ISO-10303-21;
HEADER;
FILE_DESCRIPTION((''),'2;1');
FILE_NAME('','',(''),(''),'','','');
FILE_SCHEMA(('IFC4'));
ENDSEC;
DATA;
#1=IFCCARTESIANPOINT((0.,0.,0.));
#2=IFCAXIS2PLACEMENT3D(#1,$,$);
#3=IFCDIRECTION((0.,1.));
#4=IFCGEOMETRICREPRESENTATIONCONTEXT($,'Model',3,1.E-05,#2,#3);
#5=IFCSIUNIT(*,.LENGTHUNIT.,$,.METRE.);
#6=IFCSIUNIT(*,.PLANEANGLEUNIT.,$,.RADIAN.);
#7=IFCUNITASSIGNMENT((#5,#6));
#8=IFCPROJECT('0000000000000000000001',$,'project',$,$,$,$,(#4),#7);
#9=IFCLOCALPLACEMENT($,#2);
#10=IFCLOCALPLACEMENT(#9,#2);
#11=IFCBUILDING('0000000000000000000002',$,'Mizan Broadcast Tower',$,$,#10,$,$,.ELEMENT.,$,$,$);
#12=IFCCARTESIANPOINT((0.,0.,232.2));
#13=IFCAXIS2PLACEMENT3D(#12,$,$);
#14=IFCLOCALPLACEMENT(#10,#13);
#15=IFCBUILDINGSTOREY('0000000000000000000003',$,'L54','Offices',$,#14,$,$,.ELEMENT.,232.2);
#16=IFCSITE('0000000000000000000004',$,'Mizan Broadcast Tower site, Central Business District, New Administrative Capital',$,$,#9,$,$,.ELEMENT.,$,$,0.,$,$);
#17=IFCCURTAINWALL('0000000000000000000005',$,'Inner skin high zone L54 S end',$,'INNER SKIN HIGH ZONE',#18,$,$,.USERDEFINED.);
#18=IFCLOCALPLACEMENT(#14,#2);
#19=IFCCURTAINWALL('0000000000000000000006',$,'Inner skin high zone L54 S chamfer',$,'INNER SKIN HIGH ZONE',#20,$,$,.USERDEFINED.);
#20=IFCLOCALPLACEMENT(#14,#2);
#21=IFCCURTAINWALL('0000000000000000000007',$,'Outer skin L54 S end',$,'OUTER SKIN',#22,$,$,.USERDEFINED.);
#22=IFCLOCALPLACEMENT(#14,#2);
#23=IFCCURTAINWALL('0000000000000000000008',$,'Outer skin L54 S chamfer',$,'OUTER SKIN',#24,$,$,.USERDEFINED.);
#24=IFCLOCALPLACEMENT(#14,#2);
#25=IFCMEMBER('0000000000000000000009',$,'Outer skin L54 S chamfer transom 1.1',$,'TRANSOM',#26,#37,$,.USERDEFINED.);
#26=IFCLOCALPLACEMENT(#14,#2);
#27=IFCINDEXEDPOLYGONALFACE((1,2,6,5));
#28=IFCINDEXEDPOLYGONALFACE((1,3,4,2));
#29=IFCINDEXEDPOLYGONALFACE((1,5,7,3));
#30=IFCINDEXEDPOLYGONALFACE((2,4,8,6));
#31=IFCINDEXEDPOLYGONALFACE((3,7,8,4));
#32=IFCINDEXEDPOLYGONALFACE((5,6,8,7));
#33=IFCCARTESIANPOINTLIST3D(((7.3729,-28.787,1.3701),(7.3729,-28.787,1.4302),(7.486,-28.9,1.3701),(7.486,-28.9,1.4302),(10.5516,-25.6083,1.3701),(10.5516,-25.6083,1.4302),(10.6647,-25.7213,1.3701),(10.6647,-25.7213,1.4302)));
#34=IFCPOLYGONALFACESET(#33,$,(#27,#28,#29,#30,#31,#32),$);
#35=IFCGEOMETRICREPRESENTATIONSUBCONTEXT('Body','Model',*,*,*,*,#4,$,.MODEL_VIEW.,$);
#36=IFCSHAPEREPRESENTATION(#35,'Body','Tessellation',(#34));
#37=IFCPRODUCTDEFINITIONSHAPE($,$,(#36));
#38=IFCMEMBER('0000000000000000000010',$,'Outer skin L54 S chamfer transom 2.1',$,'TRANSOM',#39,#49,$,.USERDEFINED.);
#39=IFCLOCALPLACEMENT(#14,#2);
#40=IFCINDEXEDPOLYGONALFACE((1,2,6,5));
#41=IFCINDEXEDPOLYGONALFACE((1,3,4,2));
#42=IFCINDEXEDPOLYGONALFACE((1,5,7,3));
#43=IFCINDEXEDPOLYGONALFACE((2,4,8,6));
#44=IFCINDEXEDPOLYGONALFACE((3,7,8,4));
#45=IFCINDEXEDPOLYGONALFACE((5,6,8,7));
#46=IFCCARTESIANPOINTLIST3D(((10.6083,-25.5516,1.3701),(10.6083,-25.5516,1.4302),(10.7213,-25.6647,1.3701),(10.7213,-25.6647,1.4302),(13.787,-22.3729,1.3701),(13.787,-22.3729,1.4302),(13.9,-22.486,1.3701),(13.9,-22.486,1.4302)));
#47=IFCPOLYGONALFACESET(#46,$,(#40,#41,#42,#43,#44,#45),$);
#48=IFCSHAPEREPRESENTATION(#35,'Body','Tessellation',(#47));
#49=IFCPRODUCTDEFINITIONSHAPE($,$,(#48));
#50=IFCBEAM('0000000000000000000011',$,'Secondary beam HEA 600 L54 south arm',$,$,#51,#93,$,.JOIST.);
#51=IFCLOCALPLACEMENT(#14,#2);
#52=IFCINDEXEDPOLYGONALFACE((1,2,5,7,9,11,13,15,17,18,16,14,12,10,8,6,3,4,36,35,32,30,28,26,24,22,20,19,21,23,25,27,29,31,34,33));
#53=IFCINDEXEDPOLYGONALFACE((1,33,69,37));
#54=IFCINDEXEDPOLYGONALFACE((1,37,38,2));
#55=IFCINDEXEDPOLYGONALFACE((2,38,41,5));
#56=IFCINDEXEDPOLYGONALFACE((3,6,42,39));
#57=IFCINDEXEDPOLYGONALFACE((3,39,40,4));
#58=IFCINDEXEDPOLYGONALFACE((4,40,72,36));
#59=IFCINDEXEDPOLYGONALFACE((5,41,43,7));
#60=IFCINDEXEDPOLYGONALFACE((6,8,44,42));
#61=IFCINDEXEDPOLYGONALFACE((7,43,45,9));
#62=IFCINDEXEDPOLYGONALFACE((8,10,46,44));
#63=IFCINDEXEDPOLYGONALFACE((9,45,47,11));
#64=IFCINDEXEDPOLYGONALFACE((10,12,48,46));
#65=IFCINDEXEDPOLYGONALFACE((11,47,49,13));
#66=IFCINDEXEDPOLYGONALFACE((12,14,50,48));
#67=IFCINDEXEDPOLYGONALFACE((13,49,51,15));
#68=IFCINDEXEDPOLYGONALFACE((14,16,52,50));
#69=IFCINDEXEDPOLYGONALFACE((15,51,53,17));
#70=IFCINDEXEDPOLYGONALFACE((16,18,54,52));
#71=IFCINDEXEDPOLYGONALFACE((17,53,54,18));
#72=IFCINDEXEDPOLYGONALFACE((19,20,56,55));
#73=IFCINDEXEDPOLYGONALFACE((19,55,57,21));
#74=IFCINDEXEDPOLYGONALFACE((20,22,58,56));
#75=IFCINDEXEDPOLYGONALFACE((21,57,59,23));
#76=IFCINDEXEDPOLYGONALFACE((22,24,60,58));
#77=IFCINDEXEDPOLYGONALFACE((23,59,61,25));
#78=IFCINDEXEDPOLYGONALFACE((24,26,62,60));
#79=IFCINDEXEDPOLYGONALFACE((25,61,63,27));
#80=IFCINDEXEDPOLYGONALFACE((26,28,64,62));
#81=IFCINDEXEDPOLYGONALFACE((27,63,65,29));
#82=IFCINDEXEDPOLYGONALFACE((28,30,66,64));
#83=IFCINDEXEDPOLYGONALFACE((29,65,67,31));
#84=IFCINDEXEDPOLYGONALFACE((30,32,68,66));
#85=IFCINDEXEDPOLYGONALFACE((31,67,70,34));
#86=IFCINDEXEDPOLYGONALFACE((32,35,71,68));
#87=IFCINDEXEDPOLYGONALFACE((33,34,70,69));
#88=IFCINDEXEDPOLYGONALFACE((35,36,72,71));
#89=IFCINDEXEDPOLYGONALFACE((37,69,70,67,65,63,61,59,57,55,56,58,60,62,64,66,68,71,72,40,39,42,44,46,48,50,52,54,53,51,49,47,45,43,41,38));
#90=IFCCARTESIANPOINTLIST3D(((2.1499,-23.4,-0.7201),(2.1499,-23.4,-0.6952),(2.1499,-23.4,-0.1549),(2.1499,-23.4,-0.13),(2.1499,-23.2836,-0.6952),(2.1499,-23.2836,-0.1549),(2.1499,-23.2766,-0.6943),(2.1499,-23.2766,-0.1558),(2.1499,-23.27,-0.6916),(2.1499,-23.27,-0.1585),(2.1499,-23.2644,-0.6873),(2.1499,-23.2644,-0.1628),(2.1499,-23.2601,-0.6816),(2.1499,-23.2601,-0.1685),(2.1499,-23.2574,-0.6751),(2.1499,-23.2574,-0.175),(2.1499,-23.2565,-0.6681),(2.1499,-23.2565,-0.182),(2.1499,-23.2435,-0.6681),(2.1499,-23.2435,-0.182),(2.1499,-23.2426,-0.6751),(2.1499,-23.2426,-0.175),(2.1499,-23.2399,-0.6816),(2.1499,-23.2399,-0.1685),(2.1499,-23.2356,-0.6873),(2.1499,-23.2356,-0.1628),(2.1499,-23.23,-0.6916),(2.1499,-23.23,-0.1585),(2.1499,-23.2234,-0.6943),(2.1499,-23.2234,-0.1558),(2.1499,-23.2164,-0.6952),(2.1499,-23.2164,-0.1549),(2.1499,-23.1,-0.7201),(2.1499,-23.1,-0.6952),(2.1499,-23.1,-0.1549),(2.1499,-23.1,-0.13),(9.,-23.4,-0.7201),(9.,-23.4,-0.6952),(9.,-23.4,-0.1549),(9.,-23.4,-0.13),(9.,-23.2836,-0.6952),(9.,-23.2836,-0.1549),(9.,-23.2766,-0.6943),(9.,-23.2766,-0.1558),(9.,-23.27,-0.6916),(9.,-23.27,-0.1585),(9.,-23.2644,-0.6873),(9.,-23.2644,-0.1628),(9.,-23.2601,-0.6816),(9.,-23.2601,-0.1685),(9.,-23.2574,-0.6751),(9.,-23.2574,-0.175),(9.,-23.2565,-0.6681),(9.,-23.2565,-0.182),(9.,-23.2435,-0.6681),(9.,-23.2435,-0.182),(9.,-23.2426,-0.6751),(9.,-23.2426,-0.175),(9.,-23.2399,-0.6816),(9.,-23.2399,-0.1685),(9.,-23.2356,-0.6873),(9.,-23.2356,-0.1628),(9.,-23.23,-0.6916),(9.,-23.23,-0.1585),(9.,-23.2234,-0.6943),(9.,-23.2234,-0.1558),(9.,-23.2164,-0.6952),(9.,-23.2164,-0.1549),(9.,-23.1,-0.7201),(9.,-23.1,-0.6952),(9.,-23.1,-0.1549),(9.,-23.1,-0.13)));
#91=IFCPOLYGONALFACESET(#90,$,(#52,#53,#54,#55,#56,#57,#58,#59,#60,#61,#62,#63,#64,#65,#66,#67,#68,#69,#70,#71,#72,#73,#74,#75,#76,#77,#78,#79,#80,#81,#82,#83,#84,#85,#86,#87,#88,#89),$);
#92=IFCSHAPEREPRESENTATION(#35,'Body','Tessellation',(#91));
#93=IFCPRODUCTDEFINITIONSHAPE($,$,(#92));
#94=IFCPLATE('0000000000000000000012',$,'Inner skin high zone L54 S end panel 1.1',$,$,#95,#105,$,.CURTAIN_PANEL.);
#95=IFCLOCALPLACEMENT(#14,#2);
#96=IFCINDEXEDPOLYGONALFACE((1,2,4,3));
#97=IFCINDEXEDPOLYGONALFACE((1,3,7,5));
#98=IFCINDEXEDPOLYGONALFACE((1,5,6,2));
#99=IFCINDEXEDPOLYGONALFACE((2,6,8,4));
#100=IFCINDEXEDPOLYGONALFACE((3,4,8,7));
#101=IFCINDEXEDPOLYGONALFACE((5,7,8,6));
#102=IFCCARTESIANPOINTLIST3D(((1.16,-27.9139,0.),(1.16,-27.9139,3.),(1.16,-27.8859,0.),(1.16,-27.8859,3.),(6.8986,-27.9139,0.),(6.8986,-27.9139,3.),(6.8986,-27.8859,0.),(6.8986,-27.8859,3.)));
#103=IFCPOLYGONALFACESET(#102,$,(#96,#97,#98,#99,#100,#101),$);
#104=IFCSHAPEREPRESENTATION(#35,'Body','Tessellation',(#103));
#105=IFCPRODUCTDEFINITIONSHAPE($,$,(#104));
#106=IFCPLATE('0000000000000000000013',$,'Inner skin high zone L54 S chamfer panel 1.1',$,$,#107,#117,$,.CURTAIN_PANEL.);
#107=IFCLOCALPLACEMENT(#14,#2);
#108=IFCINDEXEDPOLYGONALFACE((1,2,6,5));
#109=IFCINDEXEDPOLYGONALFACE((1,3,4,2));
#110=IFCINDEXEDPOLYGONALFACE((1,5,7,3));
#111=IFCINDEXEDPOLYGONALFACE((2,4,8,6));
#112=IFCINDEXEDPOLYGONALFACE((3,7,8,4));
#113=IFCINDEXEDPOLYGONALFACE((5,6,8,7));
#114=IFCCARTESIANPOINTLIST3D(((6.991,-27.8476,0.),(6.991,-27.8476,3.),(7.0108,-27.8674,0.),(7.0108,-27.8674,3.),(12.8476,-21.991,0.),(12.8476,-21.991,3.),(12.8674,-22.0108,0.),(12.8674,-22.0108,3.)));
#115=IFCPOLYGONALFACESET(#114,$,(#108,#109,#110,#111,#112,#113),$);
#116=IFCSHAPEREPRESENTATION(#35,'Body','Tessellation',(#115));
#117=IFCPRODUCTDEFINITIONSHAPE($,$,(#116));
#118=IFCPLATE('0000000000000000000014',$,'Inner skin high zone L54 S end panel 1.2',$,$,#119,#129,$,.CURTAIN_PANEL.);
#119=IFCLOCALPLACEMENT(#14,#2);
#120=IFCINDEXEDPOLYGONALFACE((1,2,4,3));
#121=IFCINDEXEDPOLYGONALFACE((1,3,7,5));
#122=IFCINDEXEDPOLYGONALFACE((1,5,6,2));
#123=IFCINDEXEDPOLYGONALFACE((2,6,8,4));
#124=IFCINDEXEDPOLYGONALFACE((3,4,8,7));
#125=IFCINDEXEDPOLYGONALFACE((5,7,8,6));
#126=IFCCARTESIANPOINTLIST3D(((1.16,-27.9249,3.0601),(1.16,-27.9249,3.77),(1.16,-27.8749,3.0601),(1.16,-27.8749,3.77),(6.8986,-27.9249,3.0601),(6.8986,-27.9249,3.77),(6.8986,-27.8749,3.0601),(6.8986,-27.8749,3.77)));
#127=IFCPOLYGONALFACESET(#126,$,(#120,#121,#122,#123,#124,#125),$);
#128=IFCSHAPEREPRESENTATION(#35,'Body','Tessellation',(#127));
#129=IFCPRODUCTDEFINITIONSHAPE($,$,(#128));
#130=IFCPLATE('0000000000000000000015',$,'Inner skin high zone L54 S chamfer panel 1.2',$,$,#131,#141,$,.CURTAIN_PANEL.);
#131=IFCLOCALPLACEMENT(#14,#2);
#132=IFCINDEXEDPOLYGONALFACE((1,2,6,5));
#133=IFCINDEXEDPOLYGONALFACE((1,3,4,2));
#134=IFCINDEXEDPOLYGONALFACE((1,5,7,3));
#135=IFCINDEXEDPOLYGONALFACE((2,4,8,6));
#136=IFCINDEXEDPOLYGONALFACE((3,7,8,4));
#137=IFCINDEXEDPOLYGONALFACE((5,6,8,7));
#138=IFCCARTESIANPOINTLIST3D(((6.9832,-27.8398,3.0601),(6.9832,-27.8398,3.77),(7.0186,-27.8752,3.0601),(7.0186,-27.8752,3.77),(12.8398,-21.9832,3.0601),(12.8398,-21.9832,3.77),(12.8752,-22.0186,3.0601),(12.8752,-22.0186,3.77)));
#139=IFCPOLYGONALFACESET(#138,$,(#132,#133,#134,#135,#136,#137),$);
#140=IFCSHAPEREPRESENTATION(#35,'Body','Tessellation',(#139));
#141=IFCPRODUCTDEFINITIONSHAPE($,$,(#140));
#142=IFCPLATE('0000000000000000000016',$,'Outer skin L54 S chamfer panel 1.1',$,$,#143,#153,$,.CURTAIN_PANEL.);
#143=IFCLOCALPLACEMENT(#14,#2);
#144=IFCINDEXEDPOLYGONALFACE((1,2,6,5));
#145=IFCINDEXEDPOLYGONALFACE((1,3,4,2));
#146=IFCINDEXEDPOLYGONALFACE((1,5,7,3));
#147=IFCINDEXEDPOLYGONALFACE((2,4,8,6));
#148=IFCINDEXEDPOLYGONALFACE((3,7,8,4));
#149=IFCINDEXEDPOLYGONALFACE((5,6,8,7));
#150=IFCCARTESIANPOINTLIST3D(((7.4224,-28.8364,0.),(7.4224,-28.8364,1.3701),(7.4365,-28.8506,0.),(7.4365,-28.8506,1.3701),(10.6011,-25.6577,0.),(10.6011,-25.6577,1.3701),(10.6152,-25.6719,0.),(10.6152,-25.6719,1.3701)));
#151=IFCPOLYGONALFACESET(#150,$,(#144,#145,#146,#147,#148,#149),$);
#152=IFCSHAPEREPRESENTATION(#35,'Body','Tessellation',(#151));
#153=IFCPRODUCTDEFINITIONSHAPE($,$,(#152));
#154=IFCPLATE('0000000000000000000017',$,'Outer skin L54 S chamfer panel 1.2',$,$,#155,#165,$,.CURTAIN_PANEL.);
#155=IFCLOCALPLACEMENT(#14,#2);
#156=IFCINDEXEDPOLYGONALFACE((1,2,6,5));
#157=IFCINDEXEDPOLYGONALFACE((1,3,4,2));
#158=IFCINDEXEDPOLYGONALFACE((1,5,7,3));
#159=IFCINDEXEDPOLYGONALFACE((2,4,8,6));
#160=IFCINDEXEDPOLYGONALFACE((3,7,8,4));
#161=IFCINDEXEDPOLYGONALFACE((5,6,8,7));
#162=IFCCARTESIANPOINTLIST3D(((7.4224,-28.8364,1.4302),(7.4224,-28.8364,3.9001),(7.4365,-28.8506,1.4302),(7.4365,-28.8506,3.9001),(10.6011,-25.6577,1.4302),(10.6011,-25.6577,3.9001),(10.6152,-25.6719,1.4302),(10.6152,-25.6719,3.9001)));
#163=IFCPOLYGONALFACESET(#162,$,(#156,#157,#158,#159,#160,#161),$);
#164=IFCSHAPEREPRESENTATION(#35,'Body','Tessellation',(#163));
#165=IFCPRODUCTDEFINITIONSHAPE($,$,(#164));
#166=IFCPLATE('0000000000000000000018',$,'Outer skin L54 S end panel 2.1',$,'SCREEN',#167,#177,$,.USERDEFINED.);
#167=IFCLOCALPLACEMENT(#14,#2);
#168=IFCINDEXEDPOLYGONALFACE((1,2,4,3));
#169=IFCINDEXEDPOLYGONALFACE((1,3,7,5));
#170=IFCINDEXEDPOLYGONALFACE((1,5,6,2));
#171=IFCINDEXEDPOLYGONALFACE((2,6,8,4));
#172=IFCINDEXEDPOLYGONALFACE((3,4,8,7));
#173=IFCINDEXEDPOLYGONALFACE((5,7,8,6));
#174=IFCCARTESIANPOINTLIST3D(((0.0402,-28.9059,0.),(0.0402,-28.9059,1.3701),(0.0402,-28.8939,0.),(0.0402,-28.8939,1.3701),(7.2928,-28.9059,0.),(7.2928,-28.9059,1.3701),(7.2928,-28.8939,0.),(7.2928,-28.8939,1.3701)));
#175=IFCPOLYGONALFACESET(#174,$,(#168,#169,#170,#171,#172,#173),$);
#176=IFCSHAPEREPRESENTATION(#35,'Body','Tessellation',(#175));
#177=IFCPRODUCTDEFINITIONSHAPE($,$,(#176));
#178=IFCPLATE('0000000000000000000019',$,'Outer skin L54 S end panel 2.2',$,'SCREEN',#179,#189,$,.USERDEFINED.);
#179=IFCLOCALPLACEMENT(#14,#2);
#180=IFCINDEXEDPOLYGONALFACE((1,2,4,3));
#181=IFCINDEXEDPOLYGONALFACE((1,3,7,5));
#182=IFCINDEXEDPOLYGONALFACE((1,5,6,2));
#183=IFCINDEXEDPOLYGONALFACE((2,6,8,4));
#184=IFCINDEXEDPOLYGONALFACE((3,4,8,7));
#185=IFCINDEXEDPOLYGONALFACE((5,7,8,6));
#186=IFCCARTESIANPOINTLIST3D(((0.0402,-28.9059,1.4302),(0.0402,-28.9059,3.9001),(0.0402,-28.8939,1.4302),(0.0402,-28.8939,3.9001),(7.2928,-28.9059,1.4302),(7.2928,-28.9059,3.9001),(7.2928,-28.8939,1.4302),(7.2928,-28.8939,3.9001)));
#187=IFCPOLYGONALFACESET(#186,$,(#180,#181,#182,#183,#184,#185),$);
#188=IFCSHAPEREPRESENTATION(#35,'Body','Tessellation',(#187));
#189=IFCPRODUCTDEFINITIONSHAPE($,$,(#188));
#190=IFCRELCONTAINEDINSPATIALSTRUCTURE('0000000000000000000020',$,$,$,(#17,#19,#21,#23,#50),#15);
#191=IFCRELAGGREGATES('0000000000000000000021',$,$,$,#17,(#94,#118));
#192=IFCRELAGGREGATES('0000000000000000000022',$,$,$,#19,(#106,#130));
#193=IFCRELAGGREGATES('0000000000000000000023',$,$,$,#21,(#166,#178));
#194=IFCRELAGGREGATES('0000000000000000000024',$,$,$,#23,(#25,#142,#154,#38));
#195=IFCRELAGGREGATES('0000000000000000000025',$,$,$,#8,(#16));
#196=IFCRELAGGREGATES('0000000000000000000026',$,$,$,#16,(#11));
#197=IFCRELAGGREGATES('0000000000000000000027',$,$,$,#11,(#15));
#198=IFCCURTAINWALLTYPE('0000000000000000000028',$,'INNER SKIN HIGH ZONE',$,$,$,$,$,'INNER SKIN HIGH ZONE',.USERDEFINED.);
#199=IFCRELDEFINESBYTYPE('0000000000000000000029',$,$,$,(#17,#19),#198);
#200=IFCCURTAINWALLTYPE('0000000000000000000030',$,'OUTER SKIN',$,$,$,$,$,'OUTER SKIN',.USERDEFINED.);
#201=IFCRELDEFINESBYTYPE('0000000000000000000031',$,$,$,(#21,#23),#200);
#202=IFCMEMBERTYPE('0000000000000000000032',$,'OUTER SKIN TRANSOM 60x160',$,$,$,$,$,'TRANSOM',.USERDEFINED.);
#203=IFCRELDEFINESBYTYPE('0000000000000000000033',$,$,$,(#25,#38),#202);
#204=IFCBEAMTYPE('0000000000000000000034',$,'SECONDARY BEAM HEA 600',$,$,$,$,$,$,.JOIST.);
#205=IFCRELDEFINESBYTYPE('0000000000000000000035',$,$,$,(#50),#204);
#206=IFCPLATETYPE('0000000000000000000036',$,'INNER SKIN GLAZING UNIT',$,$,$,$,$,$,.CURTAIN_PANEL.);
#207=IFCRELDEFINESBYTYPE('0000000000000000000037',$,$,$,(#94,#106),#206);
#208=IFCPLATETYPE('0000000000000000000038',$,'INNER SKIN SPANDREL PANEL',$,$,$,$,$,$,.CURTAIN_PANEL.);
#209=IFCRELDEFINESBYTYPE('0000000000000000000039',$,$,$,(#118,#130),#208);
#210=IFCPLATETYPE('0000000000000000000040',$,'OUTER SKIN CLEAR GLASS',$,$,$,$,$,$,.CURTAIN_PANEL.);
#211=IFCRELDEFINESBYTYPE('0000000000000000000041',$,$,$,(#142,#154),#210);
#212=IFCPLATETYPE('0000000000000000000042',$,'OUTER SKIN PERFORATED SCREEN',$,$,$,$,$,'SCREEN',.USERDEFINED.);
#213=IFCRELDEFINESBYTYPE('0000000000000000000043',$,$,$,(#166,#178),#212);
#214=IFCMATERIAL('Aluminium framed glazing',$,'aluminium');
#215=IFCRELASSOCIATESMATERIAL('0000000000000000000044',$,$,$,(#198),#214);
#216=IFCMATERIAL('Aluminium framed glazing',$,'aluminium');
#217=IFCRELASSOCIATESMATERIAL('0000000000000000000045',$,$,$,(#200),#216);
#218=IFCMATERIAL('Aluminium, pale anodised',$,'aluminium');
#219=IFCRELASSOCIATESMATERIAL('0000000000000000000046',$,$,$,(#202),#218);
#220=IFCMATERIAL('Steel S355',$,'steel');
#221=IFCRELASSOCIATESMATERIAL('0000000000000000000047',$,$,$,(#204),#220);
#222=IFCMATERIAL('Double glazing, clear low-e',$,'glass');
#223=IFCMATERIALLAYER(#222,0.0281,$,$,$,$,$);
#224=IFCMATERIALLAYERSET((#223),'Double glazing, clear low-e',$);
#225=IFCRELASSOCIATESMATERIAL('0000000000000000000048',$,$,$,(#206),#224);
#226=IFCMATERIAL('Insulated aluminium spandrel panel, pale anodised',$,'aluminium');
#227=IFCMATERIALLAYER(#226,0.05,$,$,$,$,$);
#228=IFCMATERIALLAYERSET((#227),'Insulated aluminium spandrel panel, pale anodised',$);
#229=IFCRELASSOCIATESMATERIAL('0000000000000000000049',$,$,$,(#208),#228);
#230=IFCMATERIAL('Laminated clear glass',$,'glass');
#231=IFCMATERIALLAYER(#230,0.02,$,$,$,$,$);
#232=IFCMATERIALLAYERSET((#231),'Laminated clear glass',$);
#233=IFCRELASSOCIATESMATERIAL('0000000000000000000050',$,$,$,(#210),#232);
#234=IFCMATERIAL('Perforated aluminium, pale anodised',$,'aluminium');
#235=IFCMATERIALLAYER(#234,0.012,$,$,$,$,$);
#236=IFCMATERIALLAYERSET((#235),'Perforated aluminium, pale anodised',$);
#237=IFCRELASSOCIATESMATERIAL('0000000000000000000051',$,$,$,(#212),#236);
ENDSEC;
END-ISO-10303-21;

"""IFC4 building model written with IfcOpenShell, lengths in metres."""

from ifc_helpers import new_model, si_unit, direction, frame, origin, origin_2d, place, context, subcontext, project, spatial, rectangle, i_section, extrude, material, layer, layer_set, material_profile, profile_set, type_object, element, aggregate, save


model = new_model("IFC4")

# Units and contexts
model_context = context("Model", 3, precision=1e-05, world=origin(), true_north=direction((0.0, 1.0)))
body_context = subcontext(model_context, "Body", "Model", "MODEL_VIEW")
ifc_project = project(units=[si_unit("LENGTHUNIT", "METRE"), si_unit("PLANEANGLEUNIT", "RADIAN")], contexts=[model_context])

# Site, building, storey
site_placement = place(None, origin())
site = spatial("IfcSite", under=ifc_project, at=site_placement, Name="Mizan Broadcast Tower site, Central Business District, New Administrative Capital", CompositionType="ELEMENT", RefElevation=0.0)
building_placement = place(site_placement, origin())
building = spatial("IfcBuilding", under=site, at=building_placement, Name="Mizan Broadcast Tower", CompositionType="ELEMENT")
storey_placement = place(building_placement, frame((0.0, 0.0, 232.2)))
storey = spatial("IfcBuildingStorey", under=building, at=storey_placement, Name="L54", Description="Offices", CompositionType="ELEMENT", Elevation=232.2)

# Curtain wall
ifc_material_1 = material(Name="Aluminium framed glazing", Category="aluminium")
curtain_wall_type_1 = type_object("IfcCurtainWallType", Name="INNER SKIN HIGH ZONE", ElementType="INNER SKIN HIGH ZONE", PredefinedType="USERDEFINED", material=ifc_material_1)
curtain_wall_1_placement = place(storey_placement, origin())
curtain_wall_1 = element("IfcCurtainWall", 1, at=curtain_wall_1_placement, inside=storey, type_object=curtain_wall_type_1, Name="Inner skin high zone L54 S end", ObjectType="INNER SKIN HIGH ZONE", PredefinedType="USERDEFINED")

# Curtain wall
curtain_wall_2_placement = place(storey_placement, origin())
curtain_wall_2 = element("IfcCurtainWall", 2, at=curtain_wall_2_placement, inside=storey, type_object=curtain_wall_type_1, Name="Inner skin high zone L54 S chamfer", ObjectType="INNER SKIN HIGH ZONE", PredefinedType="USERDEFINED")

# Curtain wall
ifc_material_2 = material(Name="Aluminium framed glazing", Category="aluminium")
curtain_wall_type_2 = type_object("IfcCurtainWallType", Name="OUTER SKIN", ElementType="OUTER SKIN", PredefinedType="USERDEFINED", material=ifc_material_2)
curtain_wall_3_placement = place(storey_placement, origin())
curtain_wall_3 = element("IfcCurtainWall", 3, at=curtain_wall_3_placement, inside=storey, type_object=curtain_wall_type_2, Name="Outer skin L54 S end", ObjectType="OUTER SKIN", PredefinedType="USERDEFINED")

# Curtain wall
curtain_wall_4_placement = place(storey_placement, origin())
curtain_wall_4 = element("IfcCurtainWall", 4, at=curtain_wall_4_placement, inside=storey, type_object=curtain_wall_type_2, Name="Outer skin L54 S chamfer", ObjectType="OUTER SKIN", PredefinedType="USERDEFINED")

# Members
ifc_material_3 = material(Name="Aluminium, pale anodised", Category="aluminium")
ifc_material_profile_1 = material_profile(ifc_material_3, rectangle(XDim=0.1599, YDim=0.0601, at=origin_2d()), Name="TRANSOM 160x60")
ifc_profile_set_1 = profile_set([ifc_material_profile_1], Name="Aluminium, pale anodised")
member_type_1 = type_object("IfcMemberType", Name="OUTER SKIN TRANSOM 60x160", ElementType="TRANSOM", PredefinedType="USERDEFINED", material=ifc_profile_set_1)
member_1_placement = place(storey_placement, frame((7.4294, -28.8435, 1.4001), z_axis=(0.707107, 0.707107, 0.0), x_axis=(-0.707107, 0.707107, 0.0)))
member_1 = element("IfcMember", 5, at=member_1_placement, type_object=member_type_1, Name="Outer skin L54 S chamfer transom 1.1", ObjectType="TRANSOM", PredefinedType="USERDEFINED", context=body_context, shape_type="SweptSolid", body=[
    extrude(rectangle(XDim=0.1599, YDim=0.0601, at=origin_2d()), origin(), (0.0, 0.0, 1.0), 4.4954),
])
member_2_placement = place(storey_placement, frame((10.6648, -25.6082, 1.4001), z_axis=(0.707107, 0.707107, 0.0), x_axis=(-0.707107, 0.707107, 0.0)))
member_2 = element("IfcMember", 6, at=member_2_placement, type_object=member_type_1, Name="Outer skin L54 S chamfer transom 2.1", ObjectType="TRANSOM", PredefinedType="USERDEFINED", context=body_context, shape_type="SweptSolid", body=[
    extrude(rectangle(XDim=0.1599, YDim=0.0601, at=origin_2d()), origin(), (0.0, 0.0, 1.0), 4.4954),
])

# Beam
ifc_material_4 = material(Name="Steel S355", Category="steel")
ifc_material_profile_2 = material_profile(ifc_material_4, i_section(OverallWidth=0.3, OverallDepth=0.5901, WebThickness=0.0129, FlangeThickness=0.0249, FilletRadius=0.0271, at=origin_2d()), Name="HEA 600")
ifc_profile_set_2 = profile_set([ifc_material_profile_2], Name="Steel S355")
beam_type_1 = type_object("IfcBeamType", Name="SECONDARY BEAM HEA 600", PredefinedType="JOIST", material=ifc_profile_set_2)
beam_1_placement = place(storey_placement, frame((9.0, -23.25, -0.425), z_axis=(-1.0, 0.0, 0.0), x_axis=(0.0, -1.0, 0.0)))
element("IfcBeam", 7, at=beam_1_placement, inside=storey, type_object=beam_type_1, Name="Secondary beam HEA 600 L54 south arm", PredefinedType="JOIST", context=body_context, shape_type="SweptSolid", body=[
    extrude(i_section(OverallWidth=0.3, OverallDepth=0.5901, WebThickness=0.0129, FlangeThickness=0.0249, FilletRadius=0.0271, at=origin_2d()), origin(), (0.0, 0.0, 1.0), 6.8501),
])

# Plates
ifc_material_5 = material(Name="Double glazing, clear low-e", Category="glass")
ifc_layer_1 = layer(ifc_material_5, 0.0281)
ifc_layer_set_1 = layer_set([ifc_layer_1], Name="Double glazing, clear low-e")
plate_type_1 = type_object("IfcPlateType", Name="INNER SKIN GLAZING UNIT", PredefinedType="CURTAIN_PANEL", material=ifc_layer_set_1)
plate_1_placement = place(storey_placement, frame((4.0293, -27.8999, 0.0), z_axis=(0.0, 0.0, 1.0), x_axis=(1.0, 0.0, 0.0)))
plate_1 = element("IfcPlate", 8, at=plate_1_placement, type_object=plate_type_1, Name="Inner skin high zone L54 S end panel 1.1", PredefinedType="CURTAIN_PANEL", context=body_context, shape_type="SweptSolid", body=[
    extrude(rectangle(XDim=5.7385, YDim=0.0281, at=origin_2d()), origin(), (0.0, 0.0, 1.0), 3.0),
])
plate_2_placement = place(storey_placement, frame((9.9292, -24.9292, 0.0), z_axis=(0.0, 0.0, 1.0), x_axis=(0.707107, 0.707107, 0.0)))
plate_2 = element("IfcPlate", 9, at=plate_2_placement, type_object=plate_type_1, Name="Inner skin high zone L54 S chamfer panel 1.1", PredefinedType="CURTAIN_PANEL", context=body_context, shape_type="SweptSolid", body=[
    extrude(rectangle(XDim=8.2825, YDim=0.0281, at=origin_2d()), origin(), (0.0, 0.0, 1.0), 3.0),
])
ifc_material_6 = material(Name="Insulated aluminium spandrel panel, pale anodised", Category="aluminium")
ifc_layer_2 = layer(ifc_material_6, 0.05)
ifc_layer_set_2 = layer_set([ifc_layer_2], Name="Insulated aluminium spandrel panel, pale anodised")
plate_type_2 = type_object("IfcPlateType", Name="INNER SKIN SPANDREL PANEL", PredefinedType="CURTAIN_PANEL", material=ifc_layer_set_2)
plate_3_placement = place(storey_placement, frame((4.0293, -27.8999, 3.0601), z_axis=(0.0, 0.0, 1.0), x_axis=(1.0, 0.0, 0.0)))
plate_3 = element("IfcPlate", 10, at=plate_3_placement, type_object=plate_type_2, Name="Inner skin high zone L54 S end panel 1.2", PredefinedType="CURTAIN_PANEL", context=body_context, shape_type="SweptSolid", body=[
    extrude(rectangle(XDim=5.7385, YDim=0.05, at=origin_2d()), origin(), (0.0, 0.0, 1.0), 0.71),
])
aggregate(curtain_wall_1, [plate_1, plate_3])
plate_4_placement = place(storey_placement, frame((9.9292, -24.9292, 3.0601), z_axis=(0.0, 0.0, 1.0), x_axis=(0.707107, 0.707107, 0.0)))
plate_4 = element("IfcPlate", 11, at=plate_4_placement, type_object=plate_type_2, Name="Inner skin high zone L54 S chamfer panel 1.2", PredefinedType="CURTAIN_PANEL", context=body_context, shape_type="SweptSolid", body=[
    extrude(rectangle(XDim=8.2825, YDim=0.05, at=origin_2d()), origin(), (0.0, 0.0, 1.0), 0.71),
])
aggregate(curtain_wall_2, [plate_2, plate_4])
ifc_material_7 = material(Name="Laminated clear glass", Category="glass")
ifc_layer_3 = layer(ifc_material_7, 0.02)
ifc_layer_set_3 = layer_set([ifc_layer_3], Name="Laminated clear glass")
plate_type_3 = type_object("IfcPlateType", Name="OUTER SKIN CLEAR GLASS", PredefinedType="CURTAIN_PANEL", material=ifc_layer_set_3)
plate_5_placement = place(storey_placement, frame((9.0188, -27.2542, 0.0), z_axis=(0.0, 0.0, 1.0), x_axis=(0.707107, 0.707107, 0.0)))
plate_5 = element("IfcPlate", 12, at=plate_5_placement, type_object=plate_type_3, Name="Outer skin L54 S chamfer panel 1.1", PredefinedType="CURTAIN_PANEL", context=body_context, shape_type="SweptSolid", body=[
    extrude(rectangle(XDim=4.4954, YDim=0.02, at=origin_2d()), origin(), (0.0, 0.0, 1.0), 1.3701),
])
plate_6_placement = place(storey_placement, frame((9.0188, -27.2542, 1.4302), z_axis=(0.0, 0.0, 1.0), x_axis=(0.707107, 0.707107, 0.0)))
plate_6 = element("IfcPlate", 13, at=plate_6_placement, type_object=plate_type_3, Name="Outer skin L54 S chamfer panel 1.2", PredefinedType="CURTAIN_PANEL", context=body_context, shape_type="SweptSolid", body=[
    extrude(rectangle(XDim=4.4954, YDim=0.02, at=origin_2d()), origin(), (0.0, 0.0, 1.0), 2.47),
])
ifc_material_8 = material(Name="Perforated aluminium, pale anodised", Category="aluminium")
ifc_layer_4 = layer(ifc_material_8, 0.012)
ifc_layer_set_4 = layer_set([ifc_layer_4], Name="Perforated aluminium, pale anodised")
plate_type_4 = type_object("IfcPlateType", Name="OUTER SKIN PERFORATED SCREEN", ElementType="SCREEN", PredefinedType="USERDEFINED", material=ifc_layer_set_4)
plate_7_placement = place(storey_placement, frame((3.6665, -28.8999, 0.0), z_axis=(0.0, 0.0, 1.0), x_axis=(1.0, 0.0, 0.0)))
plate_7 = element("IfcPlate", 14, at=plate_7_placement, type_object=plate_type_4, Name="Outer skin L54 S end panel 2.1", ObjectType="SCREEN", PredefinedType="USERDEFINED", context=body_context, shape_type="SweptSolid", body=[
    extrude(rectangle(XDim=7.2527, YDim=0.012, at=origin_2d()), origin(), (0.0, 0.0, 1.0), 1.3701),
])
plate_8_placement = place(storey_placement, frame((3.6665, -28.8999, 1.4302), z_axis=(0.0, 0.0, 1.0), x_axis=(1.0, 0.0, 0.0)))
plate_8 = element("IfcPlate", 15, at=plate_8_placement, type_object=plate_type_4, Name="Outer skin L54 S end panel 2.2", ObjectType="SCREEN", PredefinedType="USERDEFINED", context=body_context, shape_type="SweptSolid", body=[
    extrude(rectangle(XDim=7.2527, YDim=0.012, at=origin_2d()), origin(), (0.0, 0.0, 1.0), 2.47),
])
aggregate(curtain_wall_3, [plate_7, plate_8])
aggregate(curtain_wall_4, [member_1, plate_5, plate_6, member_2])

save(model, "model.ifc")
